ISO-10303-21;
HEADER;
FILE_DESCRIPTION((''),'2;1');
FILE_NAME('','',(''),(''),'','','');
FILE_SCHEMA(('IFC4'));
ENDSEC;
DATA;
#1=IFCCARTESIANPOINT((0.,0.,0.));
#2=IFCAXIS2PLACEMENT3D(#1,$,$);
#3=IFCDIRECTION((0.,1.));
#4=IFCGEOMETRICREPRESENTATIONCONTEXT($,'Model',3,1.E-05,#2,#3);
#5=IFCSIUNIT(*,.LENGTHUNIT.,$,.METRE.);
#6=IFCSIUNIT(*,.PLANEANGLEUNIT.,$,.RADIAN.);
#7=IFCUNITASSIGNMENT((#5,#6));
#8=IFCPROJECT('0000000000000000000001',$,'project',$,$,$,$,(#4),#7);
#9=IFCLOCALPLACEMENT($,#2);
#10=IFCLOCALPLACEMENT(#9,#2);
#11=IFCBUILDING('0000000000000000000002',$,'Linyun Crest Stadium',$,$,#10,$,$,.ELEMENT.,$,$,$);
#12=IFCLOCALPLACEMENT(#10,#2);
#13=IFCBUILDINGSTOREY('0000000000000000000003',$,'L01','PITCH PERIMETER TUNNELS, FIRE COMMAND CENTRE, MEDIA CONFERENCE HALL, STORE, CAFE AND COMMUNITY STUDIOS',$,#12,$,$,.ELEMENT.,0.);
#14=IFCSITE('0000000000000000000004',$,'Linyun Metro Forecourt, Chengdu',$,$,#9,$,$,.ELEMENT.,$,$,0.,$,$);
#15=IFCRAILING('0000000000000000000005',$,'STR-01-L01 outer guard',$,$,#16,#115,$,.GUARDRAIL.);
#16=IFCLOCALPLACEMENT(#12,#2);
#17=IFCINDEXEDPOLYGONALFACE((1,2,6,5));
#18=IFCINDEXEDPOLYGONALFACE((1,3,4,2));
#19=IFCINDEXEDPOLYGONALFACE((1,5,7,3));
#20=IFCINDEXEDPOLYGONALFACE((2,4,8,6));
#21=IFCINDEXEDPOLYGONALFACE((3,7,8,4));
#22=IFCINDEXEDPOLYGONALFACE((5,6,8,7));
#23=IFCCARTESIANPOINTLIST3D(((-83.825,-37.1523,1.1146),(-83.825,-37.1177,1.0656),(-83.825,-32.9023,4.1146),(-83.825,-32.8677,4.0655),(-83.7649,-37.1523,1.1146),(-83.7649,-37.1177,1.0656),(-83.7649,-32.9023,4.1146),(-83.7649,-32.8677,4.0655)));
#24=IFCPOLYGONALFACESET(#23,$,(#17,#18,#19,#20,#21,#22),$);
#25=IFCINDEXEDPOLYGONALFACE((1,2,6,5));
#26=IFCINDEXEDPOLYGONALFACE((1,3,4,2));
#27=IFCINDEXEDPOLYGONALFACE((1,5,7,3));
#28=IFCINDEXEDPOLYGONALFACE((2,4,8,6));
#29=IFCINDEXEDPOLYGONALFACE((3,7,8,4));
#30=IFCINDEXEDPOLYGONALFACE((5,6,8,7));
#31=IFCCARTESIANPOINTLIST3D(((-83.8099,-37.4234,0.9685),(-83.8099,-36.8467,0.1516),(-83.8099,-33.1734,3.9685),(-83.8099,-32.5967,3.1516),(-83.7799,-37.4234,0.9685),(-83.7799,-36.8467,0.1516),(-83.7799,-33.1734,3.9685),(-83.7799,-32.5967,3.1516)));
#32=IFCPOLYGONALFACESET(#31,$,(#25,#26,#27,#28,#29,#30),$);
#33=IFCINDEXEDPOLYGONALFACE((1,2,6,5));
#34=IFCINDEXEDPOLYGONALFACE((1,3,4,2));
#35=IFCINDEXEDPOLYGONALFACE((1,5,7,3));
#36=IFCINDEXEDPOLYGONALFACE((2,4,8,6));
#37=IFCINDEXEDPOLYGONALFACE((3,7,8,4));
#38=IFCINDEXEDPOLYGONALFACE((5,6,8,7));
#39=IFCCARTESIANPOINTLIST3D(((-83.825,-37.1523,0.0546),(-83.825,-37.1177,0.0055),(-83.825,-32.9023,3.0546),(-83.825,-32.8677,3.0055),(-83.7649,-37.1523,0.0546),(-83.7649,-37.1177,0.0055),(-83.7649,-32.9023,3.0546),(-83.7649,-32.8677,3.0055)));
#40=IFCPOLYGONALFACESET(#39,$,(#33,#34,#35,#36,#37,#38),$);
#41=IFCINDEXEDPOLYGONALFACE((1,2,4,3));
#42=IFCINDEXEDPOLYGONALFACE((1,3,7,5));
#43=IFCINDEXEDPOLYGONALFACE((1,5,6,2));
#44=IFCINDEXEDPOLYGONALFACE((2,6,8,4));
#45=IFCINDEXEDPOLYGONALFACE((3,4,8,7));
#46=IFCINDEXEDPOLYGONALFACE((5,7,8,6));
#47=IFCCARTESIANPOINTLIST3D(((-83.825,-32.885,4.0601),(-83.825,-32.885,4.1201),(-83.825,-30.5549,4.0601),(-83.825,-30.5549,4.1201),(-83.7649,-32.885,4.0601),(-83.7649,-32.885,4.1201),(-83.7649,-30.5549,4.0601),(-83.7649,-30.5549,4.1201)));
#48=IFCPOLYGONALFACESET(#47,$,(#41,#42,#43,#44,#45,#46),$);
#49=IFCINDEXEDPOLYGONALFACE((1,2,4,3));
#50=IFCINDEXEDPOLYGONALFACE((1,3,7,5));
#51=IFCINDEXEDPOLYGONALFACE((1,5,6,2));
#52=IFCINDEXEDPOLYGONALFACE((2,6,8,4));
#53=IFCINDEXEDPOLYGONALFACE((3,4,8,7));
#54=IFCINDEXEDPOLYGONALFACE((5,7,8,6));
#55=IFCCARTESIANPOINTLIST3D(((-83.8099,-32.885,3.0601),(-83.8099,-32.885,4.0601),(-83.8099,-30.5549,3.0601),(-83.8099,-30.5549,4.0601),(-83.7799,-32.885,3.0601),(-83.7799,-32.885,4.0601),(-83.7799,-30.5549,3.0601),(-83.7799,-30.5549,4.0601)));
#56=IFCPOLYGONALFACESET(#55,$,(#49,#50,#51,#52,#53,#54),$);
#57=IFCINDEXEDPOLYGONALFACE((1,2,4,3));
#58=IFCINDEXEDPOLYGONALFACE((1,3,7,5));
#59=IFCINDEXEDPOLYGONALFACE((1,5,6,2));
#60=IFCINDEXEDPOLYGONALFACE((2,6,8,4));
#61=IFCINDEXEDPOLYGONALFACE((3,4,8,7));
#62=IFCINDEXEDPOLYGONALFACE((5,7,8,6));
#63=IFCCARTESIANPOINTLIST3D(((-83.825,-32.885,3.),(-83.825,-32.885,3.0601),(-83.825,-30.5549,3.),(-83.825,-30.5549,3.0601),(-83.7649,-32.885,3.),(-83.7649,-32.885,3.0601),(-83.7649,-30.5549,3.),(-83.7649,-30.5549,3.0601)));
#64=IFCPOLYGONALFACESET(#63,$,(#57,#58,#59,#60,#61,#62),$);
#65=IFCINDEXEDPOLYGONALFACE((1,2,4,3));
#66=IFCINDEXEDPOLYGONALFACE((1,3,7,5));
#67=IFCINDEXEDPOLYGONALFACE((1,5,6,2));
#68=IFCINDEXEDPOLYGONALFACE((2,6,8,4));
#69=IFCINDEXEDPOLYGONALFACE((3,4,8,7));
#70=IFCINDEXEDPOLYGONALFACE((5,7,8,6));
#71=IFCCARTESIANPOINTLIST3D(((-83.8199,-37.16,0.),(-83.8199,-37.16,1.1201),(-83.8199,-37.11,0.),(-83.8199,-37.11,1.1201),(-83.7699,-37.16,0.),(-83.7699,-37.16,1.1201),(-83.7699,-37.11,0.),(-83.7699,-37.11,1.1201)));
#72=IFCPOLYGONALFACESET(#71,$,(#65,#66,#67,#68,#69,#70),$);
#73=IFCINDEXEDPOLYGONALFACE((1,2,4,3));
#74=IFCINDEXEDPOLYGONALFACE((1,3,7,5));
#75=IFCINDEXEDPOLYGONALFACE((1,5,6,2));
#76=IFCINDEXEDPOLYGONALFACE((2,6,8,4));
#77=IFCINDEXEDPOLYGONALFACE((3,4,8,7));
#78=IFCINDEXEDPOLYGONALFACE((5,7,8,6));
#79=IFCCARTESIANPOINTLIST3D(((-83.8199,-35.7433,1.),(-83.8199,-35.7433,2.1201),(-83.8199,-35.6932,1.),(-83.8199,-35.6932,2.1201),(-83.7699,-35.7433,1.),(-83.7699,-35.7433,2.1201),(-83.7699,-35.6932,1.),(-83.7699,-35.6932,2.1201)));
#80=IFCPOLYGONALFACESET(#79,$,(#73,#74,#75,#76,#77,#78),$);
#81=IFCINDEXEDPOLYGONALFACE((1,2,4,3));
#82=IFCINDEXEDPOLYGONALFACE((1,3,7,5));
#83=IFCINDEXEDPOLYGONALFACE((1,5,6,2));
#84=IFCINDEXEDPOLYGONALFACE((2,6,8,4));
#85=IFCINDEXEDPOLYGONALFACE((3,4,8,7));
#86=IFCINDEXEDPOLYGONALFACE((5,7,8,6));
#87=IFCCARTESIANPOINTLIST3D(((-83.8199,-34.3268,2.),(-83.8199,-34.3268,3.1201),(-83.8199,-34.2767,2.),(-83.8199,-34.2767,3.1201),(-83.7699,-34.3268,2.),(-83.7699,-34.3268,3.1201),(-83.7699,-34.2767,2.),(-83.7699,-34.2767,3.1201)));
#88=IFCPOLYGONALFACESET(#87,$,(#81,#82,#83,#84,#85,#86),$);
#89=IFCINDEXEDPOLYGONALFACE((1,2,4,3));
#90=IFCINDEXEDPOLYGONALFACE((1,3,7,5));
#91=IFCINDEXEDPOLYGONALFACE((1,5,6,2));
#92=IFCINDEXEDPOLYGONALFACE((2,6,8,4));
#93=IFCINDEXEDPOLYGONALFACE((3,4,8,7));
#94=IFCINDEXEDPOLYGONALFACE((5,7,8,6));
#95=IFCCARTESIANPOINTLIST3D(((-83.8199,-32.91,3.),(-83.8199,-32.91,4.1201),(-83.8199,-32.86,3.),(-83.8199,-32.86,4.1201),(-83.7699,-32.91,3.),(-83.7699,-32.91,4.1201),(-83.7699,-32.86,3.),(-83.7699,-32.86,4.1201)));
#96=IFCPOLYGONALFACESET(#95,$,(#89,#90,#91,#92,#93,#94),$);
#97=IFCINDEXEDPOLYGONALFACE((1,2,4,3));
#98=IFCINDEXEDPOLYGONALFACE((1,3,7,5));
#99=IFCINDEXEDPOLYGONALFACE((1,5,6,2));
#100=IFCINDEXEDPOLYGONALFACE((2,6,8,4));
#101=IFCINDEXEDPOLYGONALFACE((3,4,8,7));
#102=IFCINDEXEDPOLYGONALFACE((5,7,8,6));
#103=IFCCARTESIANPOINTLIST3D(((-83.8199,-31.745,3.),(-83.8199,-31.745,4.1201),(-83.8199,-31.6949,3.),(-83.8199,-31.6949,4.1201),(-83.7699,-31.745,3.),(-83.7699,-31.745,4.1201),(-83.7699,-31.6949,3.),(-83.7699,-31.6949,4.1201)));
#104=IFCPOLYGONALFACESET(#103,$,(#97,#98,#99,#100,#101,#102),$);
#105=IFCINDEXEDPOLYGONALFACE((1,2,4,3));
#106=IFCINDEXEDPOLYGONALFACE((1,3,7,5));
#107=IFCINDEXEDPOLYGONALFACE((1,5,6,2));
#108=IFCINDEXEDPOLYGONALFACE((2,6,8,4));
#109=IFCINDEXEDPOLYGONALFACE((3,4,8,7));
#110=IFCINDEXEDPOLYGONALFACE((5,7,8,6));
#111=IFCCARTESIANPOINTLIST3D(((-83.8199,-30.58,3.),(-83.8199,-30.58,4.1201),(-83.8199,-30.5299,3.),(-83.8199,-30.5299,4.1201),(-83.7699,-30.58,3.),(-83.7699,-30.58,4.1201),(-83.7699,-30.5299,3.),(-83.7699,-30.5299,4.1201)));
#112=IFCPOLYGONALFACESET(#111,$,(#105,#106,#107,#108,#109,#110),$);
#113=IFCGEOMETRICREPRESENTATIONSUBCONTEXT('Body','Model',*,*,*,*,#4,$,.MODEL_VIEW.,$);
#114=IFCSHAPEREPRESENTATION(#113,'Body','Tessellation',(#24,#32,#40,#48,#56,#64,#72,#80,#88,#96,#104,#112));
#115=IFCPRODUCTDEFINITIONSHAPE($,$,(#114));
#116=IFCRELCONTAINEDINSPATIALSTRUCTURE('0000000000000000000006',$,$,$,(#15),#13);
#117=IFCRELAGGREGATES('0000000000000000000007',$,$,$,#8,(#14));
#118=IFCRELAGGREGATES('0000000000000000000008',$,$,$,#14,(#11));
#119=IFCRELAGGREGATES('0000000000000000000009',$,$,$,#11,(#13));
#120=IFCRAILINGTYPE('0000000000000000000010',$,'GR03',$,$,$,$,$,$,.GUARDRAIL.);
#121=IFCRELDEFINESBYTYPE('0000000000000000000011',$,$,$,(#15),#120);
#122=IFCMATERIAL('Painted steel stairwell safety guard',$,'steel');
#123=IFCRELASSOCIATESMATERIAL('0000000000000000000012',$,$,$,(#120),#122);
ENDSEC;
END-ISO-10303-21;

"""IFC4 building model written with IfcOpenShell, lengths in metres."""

from ifc_helpers import new_model, si_unit, direction, frame, origin, origin_2d, place, context, subcontext, project, spatial, rectangle, extrude, material, type_object, element, save


model = new_model("IFC4")

# Units and contexts
model_context = context("Model", 3, precision=1e-05, world=origin(), true_north=direction((0.0, 1.0)))
body_context = subcontext(model_context, "Body", "Model", "MODEL_VIEW")
ifc_project = project(units=[si_unit("LENGTHUNIT", "METRE"), si_unit("PLANEANGLEUNIT", "RADIAN")], contexts=[model_context])

# Site, building, storey
site_placement = place(None, origin())
site = spatial("IfcSite", under=ifc_project, at=site_placement, Name="Linyun Metro Forecourt, Chengdu", CompositionType="ELEMENT", RefElevation=0.0)
building_placement = place(site_placement, origin())
building = spatial("IfcBuilding", under=site, at=building_placement, Name="Linyun Crest Stadium", CompositionType="ELEMENT")
storey_placement = place(building_placement, origin())
storey = spatial("IfcBuildingStorey", under=building, at=storey_placement, Name="L01", Description="PITCH PERIMETER TUNNELS, FIRE COMMAND CENTRE, MEDIA CONFERENCE HALL, STORE, CAFE AND COMMUNITY STUDIOS", CompositionType="ELEMENT", Elevation=0.0)

# Railing
ifc_material_1 = material(Name="Painted steel stairwell safety guard", Category="steel")
railing_type_1 = type_object("IfcRailingType", Name="GR03", PredefinedType="GUARDRAIL", material=ifc_material_1)
railing_1_placement = place(storey_placement, frame((-83.7949, -37.135, 0.0)))
element("IfcRailing", 1, at=railing_1_placement, inside=storey, type_object=railing_type_1, Name="STR-01-L01 outer guard", PredefinedType="GUARDRAIL", context=body_context, shape_type="SweptSolid", body=[
    extrude(rectangle(XDim=0.0601, YDim=0.0601, at=origin_2d()), frame((0.0, 0.0, 1.0901), z_axis=(0.0, 0.816968, 0.576683), x_axis=(-1.0, 0.0, 0.0)), (0.0, 0.0, 1.0), 5.2021),
    extrude(rectangle(XDim=0.03, YDim=1.0, at=origin_2d()), frame((0.0, 0.0, 0.5601), z_axis=(0.0, 0.816968, 0.576683), x_axis=(-1.0, 0.0, 0.0)), (0.0, 0.0, 1.0), 5.2021),
    extrude(rectangle(XDim=0.0601, YDim=0.0601, at=origin_2d()), frame((0.0, 0.0, 0.03), z_axis=(0.0, 0.816968, 0.576683), x_axis=(-1.0, 0.0, 0.0)), (0.0, 0.0, 1.0), 5.2021),
    extrude(rectangle(XDim=0.0601, YDim=0.0601, at=origin_2d()), frame((0.0, 4.25, 4.0901), z_axis=(0.0, 1.0, 0.0), x_axis=(-1.0, 0.0, 0.0)), (0.0, 0.0, 1.0), 2.3301),
    extrude(rectangle(XDim=0.03, YDim=1.0, at=origin_2d()), frame((0.0, 4.25, 3.5601), z_axis=(0.0, 1.0, 0.0), x_axis=(-1.0, 0.0, 0.0)), (0.0, 0.0, 1.0), 2.3301),
    extrude(rectangle(XDim=0.0601, YDim=0.0601, at=origin_2d()), frame((0.0, 4.25, 3.03), z_axis=(0.0, 1.0, 0.0), x_axis=(-1.0, 0.0, 0.0)), (0.0, 0.0, 1.0), 2.3301),
    extrude(rectangle(XDim=0.05, YDim=0.05, at=origin_2d()), origin(), (0.0, 0.0, 1.0), 1.1201),
    extrude(rectangle(XDim=0.05, YDim=0.05, at=origin_2d()), frame((0.0, 1.4167, 1.0)), (0.0, 0.0, 1.0), 1.1201),
    extrude(rectangle(XDim=0.05, YDim=0.05, at=origin_2d()), frame((0.0, 2.8333, 2.0)), (0.0, 0.0, 1.0), 1.1201),
    extrude(rectangle(XDim=0.05, YDim=0.05, at=origin_2d()), frame((0.0, 4.25, 3.0)), (0.0, 0.0, 1.0), 1.1201),
    extrude(rectangle(XDim=0.05, YDim=0.05, at=origin_2d()), frame((0.0, 5.415, 3.0)), (0.0, 0.0, 1.0), 1.1201),
    extrude(rectangle(XDim=0.05, YDim=0.05, at=origin_2d()), frame((0.0, 6.5801, 3.0)), (0.0, 0.0, 1.0), 1.1201),
])

save(model, "model.ifc")
